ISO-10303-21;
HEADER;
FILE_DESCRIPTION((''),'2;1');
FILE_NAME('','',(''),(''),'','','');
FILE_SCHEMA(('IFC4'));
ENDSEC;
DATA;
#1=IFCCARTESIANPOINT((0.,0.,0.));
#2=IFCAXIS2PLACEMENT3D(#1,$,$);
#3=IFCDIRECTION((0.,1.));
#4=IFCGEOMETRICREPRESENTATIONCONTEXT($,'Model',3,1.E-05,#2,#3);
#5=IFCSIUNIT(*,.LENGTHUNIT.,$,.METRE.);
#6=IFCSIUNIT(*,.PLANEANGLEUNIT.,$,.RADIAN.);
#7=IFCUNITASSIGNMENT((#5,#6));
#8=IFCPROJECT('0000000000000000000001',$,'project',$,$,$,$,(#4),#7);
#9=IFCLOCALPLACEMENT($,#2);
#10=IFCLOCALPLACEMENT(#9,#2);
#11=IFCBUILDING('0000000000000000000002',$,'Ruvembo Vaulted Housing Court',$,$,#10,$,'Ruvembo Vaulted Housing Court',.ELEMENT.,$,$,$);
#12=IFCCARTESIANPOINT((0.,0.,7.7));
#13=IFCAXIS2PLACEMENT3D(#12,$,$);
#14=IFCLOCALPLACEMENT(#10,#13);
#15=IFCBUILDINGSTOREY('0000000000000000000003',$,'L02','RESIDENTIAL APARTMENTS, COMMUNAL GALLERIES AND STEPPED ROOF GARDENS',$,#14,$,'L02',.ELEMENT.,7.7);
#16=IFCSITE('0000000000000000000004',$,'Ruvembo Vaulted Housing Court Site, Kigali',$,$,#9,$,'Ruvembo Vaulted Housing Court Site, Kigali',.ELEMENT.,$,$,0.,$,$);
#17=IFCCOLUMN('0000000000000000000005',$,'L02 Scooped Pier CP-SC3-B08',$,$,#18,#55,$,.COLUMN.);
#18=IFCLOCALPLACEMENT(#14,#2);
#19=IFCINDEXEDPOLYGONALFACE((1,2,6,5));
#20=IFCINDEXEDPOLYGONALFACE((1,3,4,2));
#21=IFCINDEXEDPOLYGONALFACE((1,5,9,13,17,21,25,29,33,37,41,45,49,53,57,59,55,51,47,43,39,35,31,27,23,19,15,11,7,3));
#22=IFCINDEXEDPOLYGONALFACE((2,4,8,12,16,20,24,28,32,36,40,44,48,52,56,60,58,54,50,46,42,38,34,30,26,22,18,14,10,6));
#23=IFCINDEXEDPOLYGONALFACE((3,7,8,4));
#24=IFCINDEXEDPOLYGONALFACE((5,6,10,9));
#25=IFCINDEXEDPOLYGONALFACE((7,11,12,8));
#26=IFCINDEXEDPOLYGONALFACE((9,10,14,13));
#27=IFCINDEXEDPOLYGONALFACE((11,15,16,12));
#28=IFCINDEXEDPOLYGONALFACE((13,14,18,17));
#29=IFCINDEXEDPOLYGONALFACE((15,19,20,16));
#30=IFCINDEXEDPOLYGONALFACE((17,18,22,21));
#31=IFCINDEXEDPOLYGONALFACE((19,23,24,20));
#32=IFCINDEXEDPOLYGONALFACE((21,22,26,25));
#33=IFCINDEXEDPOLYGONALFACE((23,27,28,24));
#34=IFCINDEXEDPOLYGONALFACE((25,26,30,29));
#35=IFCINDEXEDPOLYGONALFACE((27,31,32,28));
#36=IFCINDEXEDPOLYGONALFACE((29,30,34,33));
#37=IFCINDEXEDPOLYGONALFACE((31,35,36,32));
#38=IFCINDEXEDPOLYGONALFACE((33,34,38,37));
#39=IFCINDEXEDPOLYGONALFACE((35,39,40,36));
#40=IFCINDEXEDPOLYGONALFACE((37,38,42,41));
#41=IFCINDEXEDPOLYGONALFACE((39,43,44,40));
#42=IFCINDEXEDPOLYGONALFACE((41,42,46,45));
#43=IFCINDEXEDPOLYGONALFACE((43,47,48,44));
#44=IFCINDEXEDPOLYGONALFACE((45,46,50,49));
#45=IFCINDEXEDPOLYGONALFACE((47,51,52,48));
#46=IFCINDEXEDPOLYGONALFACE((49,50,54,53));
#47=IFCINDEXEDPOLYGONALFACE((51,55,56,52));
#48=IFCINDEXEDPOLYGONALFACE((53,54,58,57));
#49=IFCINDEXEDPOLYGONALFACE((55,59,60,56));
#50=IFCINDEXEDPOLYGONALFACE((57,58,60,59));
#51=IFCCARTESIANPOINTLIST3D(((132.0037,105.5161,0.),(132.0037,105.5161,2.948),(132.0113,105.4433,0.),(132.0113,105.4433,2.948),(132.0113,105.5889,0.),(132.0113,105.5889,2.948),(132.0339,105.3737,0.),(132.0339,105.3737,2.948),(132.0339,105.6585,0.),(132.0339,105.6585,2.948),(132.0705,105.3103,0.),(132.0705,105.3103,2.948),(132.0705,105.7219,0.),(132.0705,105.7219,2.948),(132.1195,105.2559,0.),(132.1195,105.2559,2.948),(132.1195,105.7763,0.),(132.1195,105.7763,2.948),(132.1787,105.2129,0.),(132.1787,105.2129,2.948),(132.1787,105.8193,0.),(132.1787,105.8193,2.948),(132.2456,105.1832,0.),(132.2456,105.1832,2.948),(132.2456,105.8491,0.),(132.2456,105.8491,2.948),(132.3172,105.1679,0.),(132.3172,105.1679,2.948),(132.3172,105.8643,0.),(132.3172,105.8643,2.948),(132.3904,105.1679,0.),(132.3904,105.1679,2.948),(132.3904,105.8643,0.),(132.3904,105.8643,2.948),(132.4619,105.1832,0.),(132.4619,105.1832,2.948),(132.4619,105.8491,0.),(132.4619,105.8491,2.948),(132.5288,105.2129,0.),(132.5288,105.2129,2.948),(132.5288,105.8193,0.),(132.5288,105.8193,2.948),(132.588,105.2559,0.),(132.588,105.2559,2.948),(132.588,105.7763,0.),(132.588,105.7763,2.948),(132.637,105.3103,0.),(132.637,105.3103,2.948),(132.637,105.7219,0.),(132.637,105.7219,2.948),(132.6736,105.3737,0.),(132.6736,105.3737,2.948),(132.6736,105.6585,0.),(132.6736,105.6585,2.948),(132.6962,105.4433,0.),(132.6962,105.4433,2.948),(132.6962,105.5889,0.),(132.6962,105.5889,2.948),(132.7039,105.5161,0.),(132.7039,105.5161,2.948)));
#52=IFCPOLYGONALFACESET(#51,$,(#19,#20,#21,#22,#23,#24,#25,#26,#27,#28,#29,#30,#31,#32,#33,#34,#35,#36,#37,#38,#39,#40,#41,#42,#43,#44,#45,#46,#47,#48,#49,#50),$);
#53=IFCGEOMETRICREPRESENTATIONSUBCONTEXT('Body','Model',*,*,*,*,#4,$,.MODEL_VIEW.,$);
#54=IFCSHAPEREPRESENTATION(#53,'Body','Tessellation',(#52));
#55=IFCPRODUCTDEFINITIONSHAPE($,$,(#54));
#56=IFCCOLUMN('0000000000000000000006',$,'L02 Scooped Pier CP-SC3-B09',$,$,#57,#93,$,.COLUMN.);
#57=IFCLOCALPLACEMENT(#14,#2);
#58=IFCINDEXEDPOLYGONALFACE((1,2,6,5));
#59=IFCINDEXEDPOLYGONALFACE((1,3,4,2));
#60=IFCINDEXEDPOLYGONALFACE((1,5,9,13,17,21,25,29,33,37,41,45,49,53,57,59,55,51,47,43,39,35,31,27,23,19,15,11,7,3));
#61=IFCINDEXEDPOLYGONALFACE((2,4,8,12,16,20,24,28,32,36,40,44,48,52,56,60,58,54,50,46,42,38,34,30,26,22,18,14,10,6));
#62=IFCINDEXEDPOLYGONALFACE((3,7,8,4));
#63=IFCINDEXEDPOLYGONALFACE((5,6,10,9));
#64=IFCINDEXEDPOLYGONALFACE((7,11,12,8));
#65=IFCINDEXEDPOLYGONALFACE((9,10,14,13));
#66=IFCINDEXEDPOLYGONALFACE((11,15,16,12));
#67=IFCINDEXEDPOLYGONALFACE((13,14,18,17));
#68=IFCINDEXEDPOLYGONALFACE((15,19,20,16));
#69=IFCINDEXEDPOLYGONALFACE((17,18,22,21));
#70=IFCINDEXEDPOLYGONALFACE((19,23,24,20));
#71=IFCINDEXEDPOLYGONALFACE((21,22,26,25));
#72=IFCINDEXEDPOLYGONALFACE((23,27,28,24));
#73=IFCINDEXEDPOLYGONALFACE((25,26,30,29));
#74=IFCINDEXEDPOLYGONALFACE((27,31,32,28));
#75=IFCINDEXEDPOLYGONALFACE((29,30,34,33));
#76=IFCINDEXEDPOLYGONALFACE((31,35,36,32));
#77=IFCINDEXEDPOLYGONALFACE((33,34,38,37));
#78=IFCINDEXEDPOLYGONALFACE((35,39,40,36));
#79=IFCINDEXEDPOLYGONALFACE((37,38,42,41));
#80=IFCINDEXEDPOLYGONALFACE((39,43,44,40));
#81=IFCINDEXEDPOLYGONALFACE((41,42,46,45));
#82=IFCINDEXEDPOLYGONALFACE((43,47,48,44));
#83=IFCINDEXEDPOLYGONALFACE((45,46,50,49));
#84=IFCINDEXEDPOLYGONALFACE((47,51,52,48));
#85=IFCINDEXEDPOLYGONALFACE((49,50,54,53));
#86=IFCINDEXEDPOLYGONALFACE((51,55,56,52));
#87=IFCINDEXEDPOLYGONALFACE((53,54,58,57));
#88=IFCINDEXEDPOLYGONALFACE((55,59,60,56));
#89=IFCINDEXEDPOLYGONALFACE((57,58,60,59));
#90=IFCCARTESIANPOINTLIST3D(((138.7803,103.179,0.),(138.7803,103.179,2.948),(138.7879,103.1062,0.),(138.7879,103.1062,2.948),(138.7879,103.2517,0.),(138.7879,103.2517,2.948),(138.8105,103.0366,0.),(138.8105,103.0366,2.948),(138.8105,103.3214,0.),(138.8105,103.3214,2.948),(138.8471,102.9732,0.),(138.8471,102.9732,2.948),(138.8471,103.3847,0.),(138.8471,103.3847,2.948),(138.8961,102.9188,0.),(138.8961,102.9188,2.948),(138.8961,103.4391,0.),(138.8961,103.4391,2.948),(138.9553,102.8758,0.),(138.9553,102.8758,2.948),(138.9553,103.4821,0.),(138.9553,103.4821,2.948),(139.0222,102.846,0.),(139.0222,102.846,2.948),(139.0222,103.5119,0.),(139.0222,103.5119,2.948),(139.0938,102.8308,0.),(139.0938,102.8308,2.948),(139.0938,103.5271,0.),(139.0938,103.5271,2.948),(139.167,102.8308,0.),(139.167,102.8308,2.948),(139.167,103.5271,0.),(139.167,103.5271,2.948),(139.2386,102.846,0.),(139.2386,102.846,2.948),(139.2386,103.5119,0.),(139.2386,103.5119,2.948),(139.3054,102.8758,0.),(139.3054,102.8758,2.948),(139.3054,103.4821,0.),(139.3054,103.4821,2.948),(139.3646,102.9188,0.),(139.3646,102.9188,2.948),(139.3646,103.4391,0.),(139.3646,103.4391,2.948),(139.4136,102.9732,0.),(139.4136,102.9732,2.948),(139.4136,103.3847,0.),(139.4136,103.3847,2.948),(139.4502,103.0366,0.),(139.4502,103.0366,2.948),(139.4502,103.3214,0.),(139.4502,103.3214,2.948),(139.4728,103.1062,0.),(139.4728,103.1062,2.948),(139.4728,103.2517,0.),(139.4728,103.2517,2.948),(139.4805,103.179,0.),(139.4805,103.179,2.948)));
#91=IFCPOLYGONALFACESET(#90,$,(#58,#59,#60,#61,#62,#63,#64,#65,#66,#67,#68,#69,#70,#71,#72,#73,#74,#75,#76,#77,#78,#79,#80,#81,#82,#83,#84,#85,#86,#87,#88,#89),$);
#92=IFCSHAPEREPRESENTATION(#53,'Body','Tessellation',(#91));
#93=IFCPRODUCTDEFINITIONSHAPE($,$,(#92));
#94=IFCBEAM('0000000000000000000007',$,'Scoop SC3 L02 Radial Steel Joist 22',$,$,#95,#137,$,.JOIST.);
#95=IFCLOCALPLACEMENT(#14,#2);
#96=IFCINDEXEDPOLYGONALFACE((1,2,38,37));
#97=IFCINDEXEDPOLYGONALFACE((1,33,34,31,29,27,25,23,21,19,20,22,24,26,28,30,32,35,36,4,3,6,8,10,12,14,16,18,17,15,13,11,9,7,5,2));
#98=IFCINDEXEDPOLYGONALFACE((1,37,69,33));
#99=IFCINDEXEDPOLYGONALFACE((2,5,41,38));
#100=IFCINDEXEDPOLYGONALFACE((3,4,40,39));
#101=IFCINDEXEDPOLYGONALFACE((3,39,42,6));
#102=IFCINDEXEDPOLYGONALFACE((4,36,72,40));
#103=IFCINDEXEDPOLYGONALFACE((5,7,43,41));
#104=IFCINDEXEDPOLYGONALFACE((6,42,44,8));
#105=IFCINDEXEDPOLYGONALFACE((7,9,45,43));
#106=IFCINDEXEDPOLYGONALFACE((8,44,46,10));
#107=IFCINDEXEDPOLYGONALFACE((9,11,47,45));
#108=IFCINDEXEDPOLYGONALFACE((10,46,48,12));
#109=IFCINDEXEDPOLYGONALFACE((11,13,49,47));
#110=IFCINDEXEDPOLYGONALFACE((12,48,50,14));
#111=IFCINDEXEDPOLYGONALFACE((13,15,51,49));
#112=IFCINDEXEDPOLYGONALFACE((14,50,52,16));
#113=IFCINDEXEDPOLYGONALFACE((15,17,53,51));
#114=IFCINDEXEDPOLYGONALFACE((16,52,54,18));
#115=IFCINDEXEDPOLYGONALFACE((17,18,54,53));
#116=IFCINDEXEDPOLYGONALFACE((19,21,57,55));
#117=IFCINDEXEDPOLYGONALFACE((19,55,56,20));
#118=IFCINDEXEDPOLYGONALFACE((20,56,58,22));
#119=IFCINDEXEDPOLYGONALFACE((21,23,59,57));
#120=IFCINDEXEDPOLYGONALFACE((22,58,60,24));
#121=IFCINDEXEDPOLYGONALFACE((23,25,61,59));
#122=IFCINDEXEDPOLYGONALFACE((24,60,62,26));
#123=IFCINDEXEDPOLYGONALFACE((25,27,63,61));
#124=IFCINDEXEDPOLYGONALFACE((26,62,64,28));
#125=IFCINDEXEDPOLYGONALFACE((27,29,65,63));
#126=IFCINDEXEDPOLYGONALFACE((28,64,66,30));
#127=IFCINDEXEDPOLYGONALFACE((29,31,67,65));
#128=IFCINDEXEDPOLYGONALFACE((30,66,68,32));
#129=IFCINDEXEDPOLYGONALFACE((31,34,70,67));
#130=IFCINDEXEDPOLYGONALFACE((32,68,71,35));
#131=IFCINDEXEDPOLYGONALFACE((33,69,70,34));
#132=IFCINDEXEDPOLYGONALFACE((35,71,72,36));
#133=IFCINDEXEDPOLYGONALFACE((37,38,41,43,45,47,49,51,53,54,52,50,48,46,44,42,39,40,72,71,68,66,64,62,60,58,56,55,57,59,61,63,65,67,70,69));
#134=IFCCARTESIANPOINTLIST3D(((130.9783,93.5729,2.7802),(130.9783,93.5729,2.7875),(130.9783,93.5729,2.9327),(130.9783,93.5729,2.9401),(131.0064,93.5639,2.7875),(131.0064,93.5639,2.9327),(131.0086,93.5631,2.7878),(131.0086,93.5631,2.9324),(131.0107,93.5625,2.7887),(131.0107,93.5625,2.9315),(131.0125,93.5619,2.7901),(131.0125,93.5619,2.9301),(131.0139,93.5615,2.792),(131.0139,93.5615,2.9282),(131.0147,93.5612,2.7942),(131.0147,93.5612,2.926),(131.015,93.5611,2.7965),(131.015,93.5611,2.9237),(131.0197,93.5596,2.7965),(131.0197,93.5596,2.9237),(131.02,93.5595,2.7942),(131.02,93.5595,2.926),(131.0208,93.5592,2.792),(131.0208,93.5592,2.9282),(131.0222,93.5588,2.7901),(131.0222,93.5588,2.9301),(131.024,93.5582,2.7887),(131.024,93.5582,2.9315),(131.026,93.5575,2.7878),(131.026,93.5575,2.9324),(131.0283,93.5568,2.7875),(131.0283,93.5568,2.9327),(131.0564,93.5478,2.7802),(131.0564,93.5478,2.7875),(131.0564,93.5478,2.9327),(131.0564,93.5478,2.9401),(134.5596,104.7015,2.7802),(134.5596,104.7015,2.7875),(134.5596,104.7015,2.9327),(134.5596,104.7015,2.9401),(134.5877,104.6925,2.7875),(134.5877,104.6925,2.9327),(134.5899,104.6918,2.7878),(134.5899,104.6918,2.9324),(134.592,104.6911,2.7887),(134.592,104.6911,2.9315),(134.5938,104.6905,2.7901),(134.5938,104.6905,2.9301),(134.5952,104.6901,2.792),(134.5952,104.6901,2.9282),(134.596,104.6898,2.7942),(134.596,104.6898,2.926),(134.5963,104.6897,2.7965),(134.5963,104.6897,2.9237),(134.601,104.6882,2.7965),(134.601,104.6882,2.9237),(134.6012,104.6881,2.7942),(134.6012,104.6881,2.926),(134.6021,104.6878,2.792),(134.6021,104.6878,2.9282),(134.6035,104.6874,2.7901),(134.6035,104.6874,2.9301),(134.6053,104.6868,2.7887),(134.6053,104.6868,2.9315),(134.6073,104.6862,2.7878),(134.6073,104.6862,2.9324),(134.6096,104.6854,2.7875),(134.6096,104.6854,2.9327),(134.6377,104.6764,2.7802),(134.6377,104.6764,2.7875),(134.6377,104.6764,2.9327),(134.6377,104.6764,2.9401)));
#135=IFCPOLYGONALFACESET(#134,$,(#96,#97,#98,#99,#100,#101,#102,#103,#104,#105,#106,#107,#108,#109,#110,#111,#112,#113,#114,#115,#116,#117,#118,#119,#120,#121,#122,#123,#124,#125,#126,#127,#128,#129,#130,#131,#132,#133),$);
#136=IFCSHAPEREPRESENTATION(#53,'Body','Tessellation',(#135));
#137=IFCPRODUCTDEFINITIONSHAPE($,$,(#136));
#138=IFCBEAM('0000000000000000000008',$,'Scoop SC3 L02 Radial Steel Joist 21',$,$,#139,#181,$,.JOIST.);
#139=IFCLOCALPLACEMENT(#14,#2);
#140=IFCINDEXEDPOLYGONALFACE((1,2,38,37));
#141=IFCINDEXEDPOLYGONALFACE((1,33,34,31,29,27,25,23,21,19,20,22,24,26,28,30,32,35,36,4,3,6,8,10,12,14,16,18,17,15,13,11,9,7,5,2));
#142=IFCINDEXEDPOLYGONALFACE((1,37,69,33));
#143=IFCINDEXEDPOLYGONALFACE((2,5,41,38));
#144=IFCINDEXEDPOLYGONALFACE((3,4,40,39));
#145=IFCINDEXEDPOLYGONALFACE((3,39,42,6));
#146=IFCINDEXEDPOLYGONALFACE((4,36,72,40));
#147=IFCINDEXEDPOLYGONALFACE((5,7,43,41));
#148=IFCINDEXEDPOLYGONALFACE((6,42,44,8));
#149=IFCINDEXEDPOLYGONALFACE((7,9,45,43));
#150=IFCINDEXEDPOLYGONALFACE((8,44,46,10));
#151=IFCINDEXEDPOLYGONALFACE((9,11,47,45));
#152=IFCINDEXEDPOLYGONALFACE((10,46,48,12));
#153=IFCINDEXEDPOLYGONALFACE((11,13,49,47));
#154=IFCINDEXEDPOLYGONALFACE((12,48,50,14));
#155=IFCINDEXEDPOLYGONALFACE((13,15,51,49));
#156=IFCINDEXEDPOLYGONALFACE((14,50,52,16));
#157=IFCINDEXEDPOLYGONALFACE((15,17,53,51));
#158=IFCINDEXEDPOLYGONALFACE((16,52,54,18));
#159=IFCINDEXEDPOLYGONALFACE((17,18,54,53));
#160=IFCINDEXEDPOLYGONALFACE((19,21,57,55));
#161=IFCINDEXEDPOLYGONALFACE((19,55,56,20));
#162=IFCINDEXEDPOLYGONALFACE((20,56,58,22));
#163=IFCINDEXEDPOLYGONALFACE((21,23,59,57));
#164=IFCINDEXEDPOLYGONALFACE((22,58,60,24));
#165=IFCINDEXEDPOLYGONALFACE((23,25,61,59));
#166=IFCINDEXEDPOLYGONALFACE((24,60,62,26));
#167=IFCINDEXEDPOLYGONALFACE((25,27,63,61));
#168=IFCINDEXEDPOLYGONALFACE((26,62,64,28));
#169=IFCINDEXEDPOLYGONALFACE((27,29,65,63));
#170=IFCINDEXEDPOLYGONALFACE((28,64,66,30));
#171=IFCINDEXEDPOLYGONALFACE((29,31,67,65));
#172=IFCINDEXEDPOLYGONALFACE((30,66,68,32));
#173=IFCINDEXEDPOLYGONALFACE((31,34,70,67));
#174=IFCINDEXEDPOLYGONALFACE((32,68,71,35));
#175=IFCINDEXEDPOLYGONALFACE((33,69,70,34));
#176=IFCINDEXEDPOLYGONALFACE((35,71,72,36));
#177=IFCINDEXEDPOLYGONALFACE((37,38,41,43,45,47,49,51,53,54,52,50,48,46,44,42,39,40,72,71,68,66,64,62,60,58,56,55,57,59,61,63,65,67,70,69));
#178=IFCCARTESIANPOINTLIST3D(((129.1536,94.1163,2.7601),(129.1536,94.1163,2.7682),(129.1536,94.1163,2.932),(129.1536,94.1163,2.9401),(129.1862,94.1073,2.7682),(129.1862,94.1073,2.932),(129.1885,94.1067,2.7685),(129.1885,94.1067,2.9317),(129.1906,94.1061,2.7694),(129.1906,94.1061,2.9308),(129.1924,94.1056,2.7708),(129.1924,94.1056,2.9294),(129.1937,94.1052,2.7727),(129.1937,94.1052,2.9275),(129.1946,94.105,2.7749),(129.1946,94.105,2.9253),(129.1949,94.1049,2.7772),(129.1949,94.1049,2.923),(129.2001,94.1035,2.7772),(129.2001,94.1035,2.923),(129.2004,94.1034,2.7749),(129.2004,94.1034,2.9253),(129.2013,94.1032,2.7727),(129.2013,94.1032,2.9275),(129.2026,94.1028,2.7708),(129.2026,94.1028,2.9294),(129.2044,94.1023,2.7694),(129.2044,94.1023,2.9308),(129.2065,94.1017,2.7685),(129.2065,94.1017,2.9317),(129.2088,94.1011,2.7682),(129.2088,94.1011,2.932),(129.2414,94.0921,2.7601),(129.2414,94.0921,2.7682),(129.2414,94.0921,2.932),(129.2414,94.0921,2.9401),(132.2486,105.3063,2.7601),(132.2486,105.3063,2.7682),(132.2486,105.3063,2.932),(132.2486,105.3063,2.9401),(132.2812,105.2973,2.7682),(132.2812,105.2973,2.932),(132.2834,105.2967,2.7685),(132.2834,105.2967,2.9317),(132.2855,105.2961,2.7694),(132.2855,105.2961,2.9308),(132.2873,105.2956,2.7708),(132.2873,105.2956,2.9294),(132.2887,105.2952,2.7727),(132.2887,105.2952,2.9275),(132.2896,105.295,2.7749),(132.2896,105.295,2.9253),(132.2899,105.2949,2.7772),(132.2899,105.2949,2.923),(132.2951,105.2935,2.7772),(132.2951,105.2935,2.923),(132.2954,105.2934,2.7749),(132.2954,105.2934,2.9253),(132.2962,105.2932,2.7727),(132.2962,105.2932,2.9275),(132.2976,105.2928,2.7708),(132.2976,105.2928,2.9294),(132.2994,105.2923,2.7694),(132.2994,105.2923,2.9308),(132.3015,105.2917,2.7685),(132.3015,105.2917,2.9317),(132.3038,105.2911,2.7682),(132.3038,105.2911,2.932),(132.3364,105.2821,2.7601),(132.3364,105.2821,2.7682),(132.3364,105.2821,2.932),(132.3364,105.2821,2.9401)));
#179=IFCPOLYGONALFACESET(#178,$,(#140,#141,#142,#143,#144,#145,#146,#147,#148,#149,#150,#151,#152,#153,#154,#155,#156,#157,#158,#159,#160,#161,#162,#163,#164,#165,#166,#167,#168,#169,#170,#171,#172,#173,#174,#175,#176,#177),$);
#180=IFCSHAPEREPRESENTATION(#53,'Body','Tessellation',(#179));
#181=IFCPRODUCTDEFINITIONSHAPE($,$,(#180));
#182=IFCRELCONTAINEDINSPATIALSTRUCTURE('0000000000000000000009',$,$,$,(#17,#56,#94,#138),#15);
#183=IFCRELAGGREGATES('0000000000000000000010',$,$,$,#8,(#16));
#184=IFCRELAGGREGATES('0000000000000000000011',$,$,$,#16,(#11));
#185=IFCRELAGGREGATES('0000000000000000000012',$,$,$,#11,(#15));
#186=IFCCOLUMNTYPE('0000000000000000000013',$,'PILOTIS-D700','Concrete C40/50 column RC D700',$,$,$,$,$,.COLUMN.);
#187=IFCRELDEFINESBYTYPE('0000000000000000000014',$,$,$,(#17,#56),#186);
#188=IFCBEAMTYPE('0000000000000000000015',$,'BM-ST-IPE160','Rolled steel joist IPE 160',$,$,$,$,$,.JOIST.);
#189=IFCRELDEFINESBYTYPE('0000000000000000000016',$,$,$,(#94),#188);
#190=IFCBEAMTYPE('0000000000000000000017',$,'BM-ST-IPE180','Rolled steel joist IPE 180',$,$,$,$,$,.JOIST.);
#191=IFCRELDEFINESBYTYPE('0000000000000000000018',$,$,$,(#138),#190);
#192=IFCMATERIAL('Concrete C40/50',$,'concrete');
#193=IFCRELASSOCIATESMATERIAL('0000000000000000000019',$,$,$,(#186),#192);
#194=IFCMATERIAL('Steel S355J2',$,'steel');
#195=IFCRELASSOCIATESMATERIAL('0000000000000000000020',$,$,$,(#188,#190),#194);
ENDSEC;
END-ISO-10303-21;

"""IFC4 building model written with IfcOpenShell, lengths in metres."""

from ifc_helpers import new_model, si_unit, direction, frame, origin, origin_2d, place, context, subcontext, project, spatial, circle, i_section, extrude, material, material_profile, profile_set, type_object, element, save


model = new_model("IFC4")

# Units and contexts
model_context = context("Model", 3, precision=1e-05, world=origin(), true_north=direction((0.0, 1.0)))
body_context = subcontext(model_context, "Body", "Model", "MODEL_VIEW")
ifc_project = project(units=[si_unit("LENGTHUNIT", "METRE"), si_unit("PLANEANGLEUNIT", "RADIAN")], contexts=[model_context])

# Site, building, storey
site_placement = place(None, origin())
site = spatial("IfcSite", under=ifc_project, at=site_placement, Name="Ruvembo Vaulted Housing Court Site, Kigali", LongName="Ruvembo Vaulted Housing Court Site, Kigali", CompositionType="ELEMENT", RefElevation=0.0)
building_placement = place(site_placement, origin())
building = spatial("IfcBuilding", under=site, at=building_placement, Name="Ruvembo Vaulted Housing Court", LongName="Ruvembo Vaulted Housing Court", CompositionType="ELEMENT")
storey_placement = place(building_placement, frame((0.0, 0.0, 7.7)))
storey = spatial("IfcBuildingStorey", under=building, at=storey_placement, Name="L02", Description="RESIDENTIAL APARTMENTS, COMMUNAL GALLERIES AND STEPPED ROOF GARDENS", LongName="L02", CompositionType="ELEMENT", Elevation=7.7)

# Columns
ifc_material_1 = material(Name="Concrete C40/50", Category="concrete")
ifc_material_profile_1 = material_profile(ifc_material_1, circle(Radius=0.3501, at=origin_2d()), Name="RC D700")
ifc_profile_set_1 = profile_set([ifc_material_profile_1], Name="Concrete C40/50")
column_type = type_object("IfcColumnType", Name="PILOTIS-D700", Description="Concrete C40/50 column RC D700", PredefinedType="COLUMN", material=ifc_profile_set_1)
for number, where, z_axis, x_axis, name in (
    (1, (132.3538, 105.5161, 0.0), (0.0, 0.0, 1.0), (1.0, 0.0, 0.0), "L02 Scooped Pier CP-SC3-B08"),
    (2, (139.1304, 103.179, 0.0), (0.0, 0.0, 1.0), (1.0, 0.0, 0.0), "L02 Scooped Pier CP-SC3-B09"),
):
    element("IfcColumn", number, at=place(storey_placement, frame(where, z_axis=z_axis, x_axis=x_axis)), inside=storey, type_object=column_type, Name=name, PredefinedType="COLUMN", context=body_context, shape_type="SweptSolid", body=[
        extrude(circle(Radius=0.3501, at=origin_2d()), origin(), (0.0, 0.0, 1.0), 2.948),
    ])

# Beams
ifc_material_2 = material(Name="Steel S355J2", Category="steel")
ifc_material_profile_2 = material_profile(ifc_material_2, i_section(OverallWidth=0.082, OverallDepth=0.1599, WebThickness=0.0049, FlangeThickness=0.0073, FilletRadius=0.009, at=origin_2d()), Name="IPE 160")
ifc_profile_set_2 = profile_set([ifc_material_profile_2], Name="Steel S355J2")
beam_type_1 = type_object("IfcBeamType", Name="BM-ST-IPE160", Description="Rolled steel joist IPE 160", PredefinedType="JOIST", material=ifc_profile_set_2)
beam_1_placement = place(storey_placement, frame((134.5986, 104.689, 2.8601), z_axis=(-0.306337, -0.951923, 0.0), x_axis=(0.951923, -0.306337, 0.0)))
element("IfcBeam", 3, at=beam_1_placement, inside=storey, type_object=beam_type_1, Name="Scoop SC3 L02 Radial Steel Joist 22", PredefinedType="JOIST", context=body_context, shape_type="SweptSolid", body=[
    extrude(i_section(OverallWidth=0.082, OverallDepth=0.1599, WebThickness=0.0049, FlangeThickness=0.0073, FilletRadius=0.009, at=origin_2d()), origin(), (0.0, 0.0, 1.0), 11.6907),
])
ifc_material_profile_3 = material_profile(ifc_material_2, i_section(OverallWidth=0.0911, OverallDepth=0.1799, WebThickness=0.0054, FlangeThickness=0.0081, FilletRadius=0.009, at=origin_2d()), Name="IPE 180")
ifc_profile_set_3 = profile_set([ifc_material_profile_3], Name="Steel S355J2")
beam_type_2 = type_object("IfcBeamType", Name="BM-ST-IPE180", Description="Rolled steel joist IPE 180", PredefinedType="JOIST", material=ifc_profile_set_3)
beam_2_placement = place(storey_placement, frame((132.2925, 105.2942, 2.8501), z_axis=(-0.266576, -0.963814, 0.0), x_axis=(0.963814, -0.266576, 0.0)))
element("IfcBeam", 4, at=beam_2_placement, inside=storey, type_object=beam_type_2, Name="Scoop SC3 L02 Radial Steel Joist 21", PredefinedType="JOIST", context=body_context, shape_type="SweptSolid", body=[
    extrude(i_section(OverallWidth=0.0911, OverallDepth=0.1799, WebThickness=0.0054, FlangeThickness=0.0081, FilletRadius=0.009, at=origin_2d()), origin(), (0.0, 0.0, 1.0), 11.6101),
])

save(model, "model.ifc")
